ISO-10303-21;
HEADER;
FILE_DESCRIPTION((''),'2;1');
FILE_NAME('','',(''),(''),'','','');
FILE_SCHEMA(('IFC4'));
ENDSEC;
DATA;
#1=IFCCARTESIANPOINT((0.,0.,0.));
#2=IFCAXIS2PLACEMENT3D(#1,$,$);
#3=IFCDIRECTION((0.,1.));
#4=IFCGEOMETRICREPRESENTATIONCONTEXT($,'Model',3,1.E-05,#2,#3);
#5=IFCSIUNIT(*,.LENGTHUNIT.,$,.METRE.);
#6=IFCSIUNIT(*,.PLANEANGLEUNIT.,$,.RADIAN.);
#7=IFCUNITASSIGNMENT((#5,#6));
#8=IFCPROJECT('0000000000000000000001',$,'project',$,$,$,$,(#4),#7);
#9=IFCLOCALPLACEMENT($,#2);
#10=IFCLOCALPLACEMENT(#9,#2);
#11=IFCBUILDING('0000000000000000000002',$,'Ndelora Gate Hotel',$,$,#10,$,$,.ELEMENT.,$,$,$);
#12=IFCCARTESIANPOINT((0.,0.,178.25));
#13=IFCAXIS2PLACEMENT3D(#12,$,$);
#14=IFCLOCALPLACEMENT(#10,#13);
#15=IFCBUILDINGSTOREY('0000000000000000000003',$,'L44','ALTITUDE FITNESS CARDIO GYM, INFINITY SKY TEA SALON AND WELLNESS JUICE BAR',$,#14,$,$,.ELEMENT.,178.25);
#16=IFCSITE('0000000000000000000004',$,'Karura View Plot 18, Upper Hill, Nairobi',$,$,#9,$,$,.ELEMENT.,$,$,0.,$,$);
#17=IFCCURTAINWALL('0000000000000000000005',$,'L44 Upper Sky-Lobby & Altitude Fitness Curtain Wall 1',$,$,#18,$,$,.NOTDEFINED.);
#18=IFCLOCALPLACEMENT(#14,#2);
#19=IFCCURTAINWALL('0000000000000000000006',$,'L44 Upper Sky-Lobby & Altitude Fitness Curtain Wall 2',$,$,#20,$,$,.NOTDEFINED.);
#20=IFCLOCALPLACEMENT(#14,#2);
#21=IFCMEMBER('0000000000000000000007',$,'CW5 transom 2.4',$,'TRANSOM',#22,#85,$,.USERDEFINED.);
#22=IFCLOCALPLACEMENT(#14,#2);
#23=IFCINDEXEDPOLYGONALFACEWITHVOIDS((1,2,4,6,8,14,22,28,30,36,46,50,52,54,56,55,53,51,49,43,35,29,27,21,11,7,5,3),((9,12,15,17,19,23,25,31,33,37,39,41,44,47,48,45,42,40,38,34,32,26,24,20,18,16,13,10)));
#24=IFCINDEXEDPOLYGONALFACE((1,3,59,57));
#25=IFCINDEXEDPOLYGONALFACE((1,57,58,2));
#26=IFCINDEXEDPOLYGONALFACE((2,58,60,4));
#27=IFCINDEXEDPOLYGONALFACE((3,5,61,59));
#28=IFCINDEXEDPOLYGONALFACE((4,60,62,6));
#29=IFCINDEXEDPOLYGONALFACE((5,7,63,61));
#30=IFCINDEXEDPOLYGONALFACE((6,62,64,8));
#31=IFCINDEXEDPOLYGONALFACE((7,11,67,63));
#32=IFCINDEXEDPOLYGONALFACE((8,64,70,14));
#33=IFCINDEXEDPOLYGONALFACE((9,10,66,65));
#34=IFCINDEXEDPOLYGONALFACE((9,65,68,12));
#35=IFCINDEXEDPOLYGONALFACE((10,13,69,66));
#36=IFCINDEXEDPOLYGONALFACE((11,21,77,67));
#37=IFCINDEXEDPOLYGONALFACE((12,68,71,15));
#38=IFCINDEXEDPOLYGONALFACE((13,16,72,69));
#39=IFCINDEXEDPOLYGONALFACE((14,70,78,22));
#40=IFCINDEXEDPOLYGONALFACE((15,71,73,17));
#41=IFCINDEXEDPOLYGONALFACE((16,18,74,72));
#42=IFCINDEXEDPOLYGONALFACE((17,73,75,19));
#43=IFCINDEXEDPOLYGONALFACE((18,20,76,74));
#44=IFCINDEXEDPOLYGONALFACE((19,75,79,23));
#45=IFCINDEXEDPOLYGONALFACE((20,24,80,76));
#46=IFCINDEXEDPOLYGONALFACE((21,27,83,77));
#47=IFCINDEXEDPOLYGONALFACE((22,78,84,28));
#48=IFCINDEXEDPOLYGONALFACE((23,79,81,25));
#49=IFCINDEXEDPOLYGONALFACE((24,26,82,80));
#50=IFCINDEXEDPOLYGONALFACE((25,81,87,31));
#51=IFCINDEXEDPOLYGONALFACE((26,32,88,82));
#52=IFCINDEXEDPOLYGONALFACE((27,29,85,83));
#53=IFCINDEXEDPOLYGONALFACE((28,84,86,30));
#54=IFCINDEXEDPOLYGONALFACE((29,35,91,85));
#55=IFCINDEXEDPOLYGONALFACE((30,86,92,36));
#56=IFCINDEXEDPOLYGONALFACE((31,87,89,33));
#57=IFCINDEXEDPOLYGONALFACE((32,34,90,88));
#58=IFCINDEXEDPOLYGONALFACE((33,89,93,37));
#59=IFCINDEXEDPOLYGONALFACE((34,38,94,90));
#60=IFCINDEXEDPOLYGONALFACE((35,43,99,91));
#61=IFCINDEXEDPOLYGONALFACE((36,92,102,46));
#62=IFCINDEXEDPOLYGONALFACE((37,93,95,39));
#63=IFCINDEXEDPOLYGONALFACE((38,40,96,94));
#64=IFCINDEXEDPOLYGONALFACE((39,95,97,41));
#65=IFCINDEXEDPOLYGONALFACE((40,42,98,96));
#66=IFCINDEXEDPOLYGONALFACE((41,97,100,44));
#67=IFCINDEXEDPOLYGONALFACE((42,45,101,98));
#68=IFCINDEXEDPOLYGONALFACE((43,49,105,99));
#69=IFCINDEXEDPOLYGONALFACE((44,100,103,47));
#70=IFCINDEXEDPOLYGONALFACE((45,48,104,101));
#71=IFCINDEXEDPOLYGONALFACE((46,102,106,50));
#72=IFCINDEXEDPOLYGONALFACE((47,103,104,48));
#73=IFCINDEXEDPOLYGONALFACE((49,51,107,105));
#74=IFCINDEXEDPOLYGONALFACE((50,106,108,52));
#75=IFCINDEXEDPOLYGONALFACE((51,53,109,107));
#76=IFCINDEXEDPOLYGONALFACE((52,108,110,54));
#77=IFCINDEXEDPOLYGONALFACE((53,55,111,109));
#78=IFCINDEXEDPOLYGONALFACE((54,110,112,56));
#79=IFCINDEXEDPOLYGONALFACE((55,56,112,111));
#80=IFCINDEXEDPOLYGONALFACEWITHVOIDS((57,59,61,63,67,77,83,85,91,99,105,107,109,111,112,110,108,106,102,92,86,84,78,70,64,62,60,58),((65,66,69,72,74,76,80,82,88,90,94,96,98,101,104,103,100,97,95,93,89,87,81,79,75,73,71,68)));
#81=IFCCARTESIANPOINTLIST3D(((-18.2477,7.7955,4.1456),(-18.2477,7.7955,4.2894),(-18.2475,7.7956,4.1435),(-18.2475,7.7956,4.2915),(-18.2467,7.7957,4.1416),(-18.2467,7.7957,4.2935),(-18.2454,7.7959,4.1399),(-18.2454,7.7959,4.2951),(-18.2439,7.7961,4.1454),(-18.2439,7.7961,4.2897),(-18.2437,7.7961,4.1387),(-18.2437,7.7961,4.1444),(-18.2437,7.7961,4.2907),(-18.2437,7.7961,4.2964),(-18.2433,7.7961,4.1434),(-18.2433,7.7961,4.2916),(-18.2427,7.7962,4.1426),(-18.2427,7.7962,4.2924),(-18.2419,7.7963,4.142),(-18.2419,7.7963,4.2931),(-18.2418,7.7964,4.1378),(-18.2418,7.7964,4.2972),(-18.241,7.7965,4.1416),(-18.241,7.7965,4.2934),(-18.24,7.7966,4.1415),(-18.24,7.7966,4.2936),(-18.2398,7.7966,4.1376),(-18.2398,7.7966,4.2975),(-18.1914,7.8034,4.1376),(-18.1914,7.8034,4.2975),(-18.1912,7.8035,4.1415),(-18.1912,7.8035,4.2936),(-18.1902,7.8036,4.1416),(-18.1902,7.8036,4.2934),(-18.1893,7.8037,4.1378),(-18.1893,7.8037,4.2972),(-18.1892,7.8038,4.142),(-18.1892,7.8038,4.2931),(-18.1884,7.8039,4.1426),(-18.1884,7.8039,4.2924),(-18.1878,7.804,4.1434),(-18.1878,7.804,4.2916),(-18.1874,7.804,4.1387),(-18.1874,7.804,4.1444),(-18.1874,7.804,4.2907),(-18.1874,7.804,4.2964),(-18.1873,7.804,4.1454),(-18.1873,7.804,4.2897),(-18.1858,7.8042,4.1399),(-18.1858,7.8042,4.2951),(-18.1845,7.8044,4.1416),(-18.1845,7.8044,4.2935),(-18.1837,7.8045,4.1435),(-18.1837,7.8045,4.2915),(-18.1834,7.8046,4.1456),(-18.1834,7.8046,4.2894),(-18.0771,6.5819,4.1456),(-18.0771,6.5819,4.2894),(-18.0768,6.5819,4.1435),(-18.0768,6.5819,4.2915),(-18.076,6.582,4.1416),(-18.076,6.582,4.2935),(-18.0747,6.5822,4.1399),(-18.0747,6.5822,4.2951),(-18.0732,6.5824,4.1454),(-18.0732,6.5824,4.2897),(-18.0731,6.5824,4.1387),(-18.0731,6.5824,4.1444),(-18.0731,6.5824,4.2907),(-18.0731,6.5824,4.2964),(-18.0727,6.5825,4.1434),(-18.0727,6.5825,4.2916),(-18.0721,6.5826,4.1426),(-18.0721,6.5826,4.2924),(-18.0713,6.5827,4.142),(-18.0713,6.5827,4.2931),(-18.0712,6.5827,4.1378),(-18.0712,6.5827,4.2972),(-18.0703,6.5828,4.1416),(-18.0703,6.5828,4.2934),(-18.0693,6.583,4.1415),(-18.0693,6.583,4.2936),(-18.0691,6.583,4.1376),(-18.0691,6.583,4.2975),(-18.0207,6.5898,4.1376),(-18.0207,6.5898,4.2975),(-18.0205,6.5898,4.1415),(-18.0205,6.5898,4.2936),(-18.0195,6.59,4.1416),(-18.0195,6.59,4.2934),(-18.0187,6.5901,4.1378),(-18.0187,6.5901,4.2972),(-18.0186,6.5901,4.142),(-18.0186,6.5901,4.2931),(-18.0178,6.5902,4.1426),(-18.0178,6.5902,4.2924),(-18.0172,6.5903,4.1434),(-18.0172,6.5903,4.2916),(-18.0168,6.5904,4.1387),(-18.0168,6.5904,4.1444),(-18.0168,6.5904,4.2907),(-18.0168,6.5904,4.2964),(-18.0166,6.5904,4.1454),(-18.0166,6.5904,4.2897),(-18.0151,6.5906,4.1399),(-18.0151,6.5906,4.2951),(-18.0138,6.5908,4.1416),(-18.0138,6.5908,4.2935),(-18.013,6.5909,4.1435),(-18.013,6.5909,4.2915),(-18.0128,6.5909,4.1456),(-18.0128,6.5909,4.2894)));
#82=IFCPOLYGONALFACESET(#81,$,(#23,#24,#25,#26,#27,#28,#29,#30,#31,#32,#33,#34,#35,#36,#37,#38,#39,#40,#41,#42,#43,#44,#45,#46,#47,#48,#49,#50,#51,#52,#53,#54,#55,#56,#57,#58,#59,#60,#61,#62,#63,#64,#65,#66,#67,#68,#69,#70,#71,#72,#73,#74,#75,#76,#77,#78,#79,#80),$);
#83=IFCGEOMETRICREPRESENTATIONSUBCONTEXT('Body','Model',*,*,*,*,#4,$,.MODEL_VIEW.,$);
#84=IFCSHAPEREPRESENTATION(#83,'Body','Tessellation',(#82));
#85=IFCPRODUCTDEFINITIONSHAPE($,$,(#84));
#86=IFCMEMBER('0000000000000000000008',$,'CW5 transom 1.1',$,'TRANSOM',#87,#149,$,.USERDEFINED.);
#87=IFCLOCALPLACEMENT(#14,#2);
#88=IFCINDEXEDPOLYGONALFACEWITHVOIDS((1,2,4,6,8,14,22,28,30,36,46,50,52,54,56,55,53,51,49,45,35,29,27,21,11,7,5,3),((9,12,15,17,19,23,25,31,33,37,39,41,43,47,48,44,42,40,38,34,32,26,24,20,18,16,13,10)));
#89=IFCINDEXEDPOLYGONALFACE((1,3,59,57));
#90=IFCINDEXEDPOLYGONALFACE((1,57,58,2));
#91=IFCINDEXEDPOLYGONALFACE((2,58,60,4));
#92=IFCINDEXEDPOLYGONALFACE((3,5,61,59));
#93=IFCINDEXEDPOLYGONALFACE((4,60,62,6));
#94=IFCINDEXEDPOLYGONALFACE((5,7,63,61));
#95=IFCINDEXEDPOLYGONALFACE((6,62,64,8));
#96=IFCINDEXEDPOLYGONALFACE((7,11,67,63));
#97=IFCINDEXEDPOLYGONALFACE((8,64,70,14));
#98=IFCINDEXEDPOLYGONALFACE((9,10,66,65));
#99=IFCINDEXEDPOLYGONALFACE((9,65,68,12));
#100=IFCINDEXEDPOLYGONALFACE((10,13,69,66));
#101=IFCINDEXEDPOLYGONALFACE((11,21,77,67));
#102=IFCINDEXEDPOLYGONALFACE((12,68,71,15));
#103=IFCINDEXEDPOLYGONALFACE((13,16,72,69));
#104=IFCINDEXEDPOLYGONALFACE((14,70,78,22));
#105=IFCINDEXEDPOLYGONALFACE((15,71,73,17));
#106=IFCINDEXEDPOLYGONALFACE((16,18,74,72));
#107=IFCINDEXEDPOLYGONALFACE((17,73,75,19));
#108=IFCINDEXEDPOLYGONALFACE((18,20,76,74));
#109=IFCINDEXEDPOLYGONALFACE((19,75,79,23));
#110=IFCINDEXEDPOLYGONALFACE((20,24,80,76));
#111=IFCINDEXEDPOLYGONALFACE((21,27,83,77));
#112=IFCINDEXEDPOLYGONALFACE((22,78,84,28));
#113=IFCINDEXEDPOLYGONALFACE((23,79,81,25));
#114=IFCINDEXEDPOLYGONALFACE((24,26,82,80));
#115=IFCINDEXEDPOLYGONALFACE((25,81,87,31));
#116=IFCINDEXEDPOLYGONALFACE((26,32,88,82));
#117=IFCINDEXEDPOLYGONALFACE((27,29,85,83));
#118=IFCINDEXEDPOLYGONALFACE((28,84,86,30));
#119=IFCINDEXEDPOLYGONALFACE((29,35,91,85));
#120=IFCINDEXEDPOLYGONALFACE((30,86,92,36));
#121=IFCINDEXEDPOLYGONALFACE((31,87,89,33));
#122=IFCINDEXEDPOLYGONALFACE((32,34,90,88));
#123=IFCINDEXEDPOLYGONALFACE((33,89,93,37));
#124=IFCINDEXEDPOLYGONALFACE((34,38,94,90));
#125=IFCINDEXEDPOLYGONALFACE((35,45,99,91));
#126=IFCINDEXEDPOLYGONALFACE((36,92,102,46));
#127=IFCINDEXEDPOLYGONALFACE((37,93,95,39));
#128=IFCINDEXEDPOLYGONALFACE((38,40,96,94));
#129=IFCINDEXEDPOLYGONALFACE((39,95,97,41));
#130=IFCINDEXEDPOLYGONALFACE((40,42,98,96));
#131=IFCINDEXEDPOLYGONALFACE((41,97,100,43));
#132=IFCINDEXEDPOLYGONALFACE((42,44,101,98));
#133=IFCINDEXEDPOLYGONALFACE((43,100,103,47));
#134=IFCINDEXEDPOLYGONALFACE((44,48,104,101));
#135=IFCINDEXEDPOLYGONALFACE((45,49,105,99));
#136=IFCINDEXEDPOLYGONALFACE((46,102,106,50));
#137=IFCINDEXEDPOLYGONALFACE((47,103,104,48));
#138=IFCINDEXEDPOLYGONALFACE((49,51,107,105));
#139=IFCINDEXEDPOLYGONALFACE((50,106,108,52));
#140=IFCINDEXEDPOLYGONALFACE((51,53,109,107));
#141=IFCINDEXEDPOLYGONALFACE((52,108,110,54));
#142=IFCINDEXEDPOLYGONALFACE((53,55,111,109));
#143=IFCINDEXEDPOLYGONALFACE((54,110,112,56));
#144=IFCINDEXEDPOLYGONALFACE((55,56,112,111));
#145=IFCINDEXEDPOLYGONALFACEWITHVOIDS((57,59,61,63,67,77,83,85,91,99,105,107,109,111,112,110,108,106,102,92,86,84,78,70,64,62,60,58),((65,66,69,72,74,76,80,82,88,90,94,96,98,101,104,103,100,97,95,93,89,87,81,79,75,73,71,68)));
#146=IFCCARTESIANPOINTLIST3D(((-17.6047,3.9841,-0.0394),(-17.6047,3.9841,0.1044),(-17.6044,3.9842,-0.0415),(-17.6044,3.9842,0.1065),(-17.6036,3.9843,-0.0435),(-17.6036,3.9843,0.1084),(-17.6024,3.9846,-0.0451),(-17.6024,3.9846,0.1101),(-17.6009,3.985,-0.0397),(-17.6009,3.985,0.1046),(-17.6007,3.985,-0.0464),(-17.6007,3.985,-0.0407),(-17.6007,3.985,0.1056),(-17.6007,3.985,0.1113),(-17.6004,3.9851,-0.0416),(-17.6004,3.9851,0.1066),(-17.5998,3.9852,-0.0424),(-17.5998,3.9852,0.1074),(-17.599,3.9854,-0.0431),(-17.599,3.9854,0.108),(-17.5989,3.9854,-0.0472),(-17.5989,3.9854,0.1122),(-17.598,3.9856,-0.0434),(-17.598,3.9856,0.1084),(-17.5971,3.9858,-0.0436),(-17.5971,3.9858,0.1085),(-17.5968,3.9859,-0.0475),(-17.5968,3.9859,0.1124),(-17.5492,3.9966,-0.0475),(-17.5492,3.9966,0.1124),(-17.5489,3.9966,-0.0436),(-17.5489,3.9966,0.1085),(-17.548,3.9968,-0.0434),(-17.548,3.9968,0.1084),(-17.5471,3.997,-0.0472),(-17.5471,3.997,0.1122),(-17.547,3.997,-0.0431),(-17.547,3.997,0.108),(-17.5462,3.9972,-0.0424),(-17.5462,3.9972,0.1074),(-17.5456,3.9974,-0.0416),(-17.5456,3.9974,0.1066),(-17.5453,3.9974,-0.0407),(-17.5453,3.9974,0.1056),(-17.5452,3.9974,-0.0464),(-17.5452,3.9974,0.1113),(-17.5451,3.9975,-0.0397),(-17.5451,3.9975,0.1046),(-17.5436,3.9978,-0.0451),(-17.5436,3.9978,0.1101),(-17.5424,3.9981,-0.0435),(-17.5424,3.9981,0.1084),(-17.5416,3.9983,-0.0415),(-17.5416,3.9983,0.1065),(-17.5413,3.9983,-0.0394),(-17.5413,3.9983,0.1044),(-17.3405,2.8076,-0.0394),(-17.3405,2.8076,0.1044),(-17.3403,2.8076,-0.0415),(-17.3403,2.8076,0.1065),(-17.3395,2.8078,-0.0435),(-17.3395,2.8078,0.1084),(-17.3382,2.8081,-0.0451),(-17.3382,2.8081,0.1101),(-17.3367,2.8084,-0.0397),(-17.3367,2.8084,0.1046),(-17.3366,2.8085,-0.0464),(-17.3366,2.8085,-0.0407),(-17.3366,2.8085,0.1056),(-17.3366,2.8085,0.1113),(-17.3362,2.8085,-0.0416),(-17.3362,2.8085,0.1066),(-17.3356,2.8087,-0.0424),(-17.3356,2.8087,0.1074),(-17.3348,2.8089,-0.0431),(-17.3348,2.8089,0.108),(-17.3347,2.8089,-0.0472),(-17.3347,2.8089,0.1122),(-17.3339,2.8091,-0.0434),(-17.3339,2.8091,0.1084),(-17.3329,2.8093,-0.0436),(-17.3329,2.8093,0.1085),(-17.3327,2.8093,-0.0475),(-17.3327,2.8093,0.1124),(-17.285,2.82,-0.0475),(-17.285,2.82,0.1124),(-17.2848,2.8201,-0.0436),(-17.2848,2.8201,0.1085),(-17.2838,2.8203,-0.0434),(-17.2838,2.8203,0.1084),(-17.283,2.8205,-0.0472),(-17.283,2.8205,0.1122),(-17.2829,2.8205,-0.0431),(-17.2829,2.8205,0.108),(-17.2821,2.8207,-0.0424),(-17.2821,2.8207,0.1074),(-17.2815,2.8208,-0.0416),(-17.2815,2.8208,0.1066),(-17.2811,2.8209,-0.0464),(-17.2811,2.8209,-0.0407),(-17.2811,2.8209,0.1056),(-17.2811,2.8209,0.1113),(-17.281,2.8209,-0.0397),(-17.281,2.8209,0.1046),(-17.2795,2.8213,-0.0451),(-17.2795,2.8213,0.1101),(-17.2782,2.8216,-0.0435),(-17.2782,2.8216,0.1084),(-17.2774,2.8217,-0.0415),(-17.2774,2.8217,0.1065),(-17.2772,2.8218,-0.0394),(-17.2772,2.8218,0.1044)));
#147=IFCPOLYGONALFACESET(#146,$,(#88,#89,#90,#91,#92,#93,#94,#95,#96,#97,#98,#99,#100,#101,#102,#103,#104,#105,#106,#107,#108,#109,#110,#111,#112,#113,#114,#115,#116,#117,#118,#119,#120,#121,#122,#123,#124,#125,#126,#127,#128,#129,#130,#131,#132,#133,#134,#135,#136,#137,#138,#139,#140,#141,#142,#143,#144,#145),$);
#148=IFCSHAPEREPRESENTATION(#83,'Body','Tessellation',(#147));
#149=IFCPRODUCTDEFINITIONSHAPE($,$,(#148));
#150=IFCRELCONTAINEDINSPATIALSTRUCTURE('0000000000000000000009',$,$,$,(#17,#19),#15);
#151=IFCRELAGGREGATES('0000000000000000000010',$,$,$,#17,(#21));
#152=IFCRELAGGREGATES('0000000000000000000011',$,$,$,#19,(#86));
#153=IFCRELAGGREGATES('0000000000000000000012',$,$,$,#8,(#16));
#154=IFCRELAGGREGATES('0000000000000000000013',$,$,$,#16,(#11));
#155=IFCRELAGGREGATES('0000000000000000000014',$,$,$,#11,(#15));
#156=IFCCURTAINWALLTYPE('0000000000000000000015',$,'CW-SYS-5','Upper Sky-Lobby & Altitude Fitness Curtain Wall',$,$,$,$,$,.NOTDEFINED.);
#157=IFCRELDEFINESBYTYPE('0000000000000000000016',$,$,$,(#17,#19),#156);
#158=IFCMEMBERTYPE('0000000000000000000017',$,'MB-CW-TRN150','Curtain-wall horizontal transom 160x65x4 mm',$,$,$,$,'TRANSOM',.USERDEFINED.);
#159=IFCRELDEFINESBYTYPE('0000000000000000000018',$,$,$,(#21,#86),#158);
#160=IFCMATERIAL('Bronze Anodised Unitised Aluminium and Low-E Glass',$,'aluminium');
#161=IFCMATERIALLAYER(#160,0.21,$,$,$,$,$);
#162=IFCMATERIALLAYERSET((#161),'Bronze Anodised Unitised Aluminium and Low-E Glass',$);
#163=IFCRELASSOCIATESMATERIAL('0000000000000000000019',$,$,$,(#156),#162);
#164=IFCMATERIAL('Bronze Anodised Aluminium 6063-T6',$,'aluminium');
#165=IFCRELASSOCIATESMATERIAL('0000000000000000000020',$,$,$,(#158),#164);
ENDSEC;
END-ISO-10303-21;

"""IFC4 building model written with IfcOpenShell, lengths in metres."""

from ifc_helpers import new_model, si_unit, direction, frame, origin, origin_2d, place, context, subcontext, project, spatial, hollow_rectangle, extrude, material, layer, layer_set, material_profile, profile_set, type_object, element, aggregate, save


model = new_model("IFC4")

# Units and contexts
model_context = context("Model", 3, precision=1e-05, world=origin(), true_north=direction((0.0, 1.0)))
body_context = subcontext(model_context, "Body", "Model", "MODEL_VIEW")
ifc_project = project(units=[si_unit("LENGTHUNIT", "METRE"), si_unit("PLANEANGLEUNIT", "RADIAN")], contexts=[model_context])

# Site, building, storey
site_placement = place(None, origin())
site = spatial("IfcSite", under=ifc_project, at=site_placement, Name="Karura View Plot 18, Upper Hill, Nairobi", CompositionType="ELEMENT", RefElevation=0.0)
building_placement = place(site_placement, origin())
building = spatial("IfcBuilding", under=site, at=building_placement, Name="Ndelora Gate Hotel", CompositionType="ELEMENT")
storey_placement = place(building_placement, frame((0.0, 0.0, 178.25)))
storey = spatial("IfcBuildingStorey", under=building, at=storey_placement, Name="L44", Description="ALTITUDE FITNESS CARDIO GYM, INFINITY SKY TEA SALON AND WELLNESS JUICE BAR", CompositionType="ELEMENT", Elevation=178.25)

# Curtain walls
ifc_material_1 = material(Name="Bronze Anodised Unitised Aluminium and Low-E Glass", Category="aluminium")
ifc_layer_1 = layer(ifc_material_1, 0.21)
ifc_layer_set_1 = layer_set([ifc_layer_1], Name="Bronze Anodised Unitised Aluminium and Low-E Glass")
curtain_wall_type = type_object("IfcCurtainWallType", Name="CW-SYS-5", Description="Upper Sky-Lobby & Altitude Fitness Curtain Wall", PredefinedType="NOTDEFINED", material=ifc_layer_set_1)
curtain_wall_1_placement = place(storey_placement, origin())
curtain_wall_1 = element("IfcCurtainWall", 1, at=curtain_wall_1_placement, inside=storey, type_object=curtain_wall_type, Name="L44 Upper Sky-Lobby & Altitude Fitness Curtain Wall 1", PredefinedType="NOTDEFINED")
ifc_material_2 = material(Name="Bronze Anodised Aluminium 6063-T6", Category="aluminium")
curtain_wall_2_placement = place(storey_placement, origin())
curtain_wall_2 = element("IfcCurtainWall", 2, at=curtain_wall_2_placement, inside=storey, type_object=curtain_wall_type, Name="L44 Upper Sky-Lobby & Altitude Fitness Curtain Wall 2", PredefinedType="NOTDEFINED")

# Members
ifc_material_profile_1 = material_profile(ifc_material_2, hollow_rectangle(XDim=0.0649, YDim=0.1599, WallThickness=0.0039, InnerFilletRadius=0.0039, OuterFilletRadius=0.0081, at=origin_2d()), Name="ALU 160x65x4")
ifc_profile_set_1 = profile_set([ifc_material_profile_1], Name="Bronze Anodised Aluminium 6063-T6")
member_type_1 = type_object("IfcMemberType", Name="MB-CW-TRN150", Description="Curtain-wall horizontal transom 160x65x4 mm", ElementType="TRANSOM", PredefinedType="USERDEFINED", material=ifc_profile_set_1)
member_1_placement = place(storey_placement, frame((-18.2156, 7.8, 4.2175), z_axis=(0.139246, -0.990258, 0.0), x_axis=(0.990258, 0.139246, 0.0)))
member_1 = element("IfcMember", 3, at=member_1_placement, type_object=member_type_1, Name="CW5 transom 2.4", ObjectType="TRANSOM", PredefinedType="USERDEFINED", context=body_context, shape_type="SweptSolid", body=[
    extrude(hollow_rectangle(XDim=0.0649, YDim=0.1599, WallThickness=0.0039, InnerFilletRadius=0.0039, OuterFilletRadius=0.0081, at=origin_2d()), origin(), (0.0, 0.0, 1.0), 1.2256),
])
member_2_placement = place(storey_placement, frame((-17.573, 3.9912, 0.0325), z_axis=(0.219074, -0.975708, 0.0), x_axis=(0.975708, 0.219074, 0.0)))
member_2 = element("IfcMember", 4, at=member_2_placement, type_object=member_type_1, Name="CW5 transom 1.1", ObjectType="TRANSOM", PredefinedType="USERDEFINED", context=body_context, shape_type="SweptSolid", body=[
    extrude(hollow_rectangle(XDim=0.0649, YDim=0.1599, WallThickness=0.0039, InnerFilletRadius=0.0039, OuterFilletRadius=0.0081, at=origin_2d()), origin(), (0.0, 0.0, 1.0), 1.2058),
])

aggregate(curtain_wall_1, [member_1])
aggregate(curtain_wall_2, [member_2])

save(model, "model.ifc")
